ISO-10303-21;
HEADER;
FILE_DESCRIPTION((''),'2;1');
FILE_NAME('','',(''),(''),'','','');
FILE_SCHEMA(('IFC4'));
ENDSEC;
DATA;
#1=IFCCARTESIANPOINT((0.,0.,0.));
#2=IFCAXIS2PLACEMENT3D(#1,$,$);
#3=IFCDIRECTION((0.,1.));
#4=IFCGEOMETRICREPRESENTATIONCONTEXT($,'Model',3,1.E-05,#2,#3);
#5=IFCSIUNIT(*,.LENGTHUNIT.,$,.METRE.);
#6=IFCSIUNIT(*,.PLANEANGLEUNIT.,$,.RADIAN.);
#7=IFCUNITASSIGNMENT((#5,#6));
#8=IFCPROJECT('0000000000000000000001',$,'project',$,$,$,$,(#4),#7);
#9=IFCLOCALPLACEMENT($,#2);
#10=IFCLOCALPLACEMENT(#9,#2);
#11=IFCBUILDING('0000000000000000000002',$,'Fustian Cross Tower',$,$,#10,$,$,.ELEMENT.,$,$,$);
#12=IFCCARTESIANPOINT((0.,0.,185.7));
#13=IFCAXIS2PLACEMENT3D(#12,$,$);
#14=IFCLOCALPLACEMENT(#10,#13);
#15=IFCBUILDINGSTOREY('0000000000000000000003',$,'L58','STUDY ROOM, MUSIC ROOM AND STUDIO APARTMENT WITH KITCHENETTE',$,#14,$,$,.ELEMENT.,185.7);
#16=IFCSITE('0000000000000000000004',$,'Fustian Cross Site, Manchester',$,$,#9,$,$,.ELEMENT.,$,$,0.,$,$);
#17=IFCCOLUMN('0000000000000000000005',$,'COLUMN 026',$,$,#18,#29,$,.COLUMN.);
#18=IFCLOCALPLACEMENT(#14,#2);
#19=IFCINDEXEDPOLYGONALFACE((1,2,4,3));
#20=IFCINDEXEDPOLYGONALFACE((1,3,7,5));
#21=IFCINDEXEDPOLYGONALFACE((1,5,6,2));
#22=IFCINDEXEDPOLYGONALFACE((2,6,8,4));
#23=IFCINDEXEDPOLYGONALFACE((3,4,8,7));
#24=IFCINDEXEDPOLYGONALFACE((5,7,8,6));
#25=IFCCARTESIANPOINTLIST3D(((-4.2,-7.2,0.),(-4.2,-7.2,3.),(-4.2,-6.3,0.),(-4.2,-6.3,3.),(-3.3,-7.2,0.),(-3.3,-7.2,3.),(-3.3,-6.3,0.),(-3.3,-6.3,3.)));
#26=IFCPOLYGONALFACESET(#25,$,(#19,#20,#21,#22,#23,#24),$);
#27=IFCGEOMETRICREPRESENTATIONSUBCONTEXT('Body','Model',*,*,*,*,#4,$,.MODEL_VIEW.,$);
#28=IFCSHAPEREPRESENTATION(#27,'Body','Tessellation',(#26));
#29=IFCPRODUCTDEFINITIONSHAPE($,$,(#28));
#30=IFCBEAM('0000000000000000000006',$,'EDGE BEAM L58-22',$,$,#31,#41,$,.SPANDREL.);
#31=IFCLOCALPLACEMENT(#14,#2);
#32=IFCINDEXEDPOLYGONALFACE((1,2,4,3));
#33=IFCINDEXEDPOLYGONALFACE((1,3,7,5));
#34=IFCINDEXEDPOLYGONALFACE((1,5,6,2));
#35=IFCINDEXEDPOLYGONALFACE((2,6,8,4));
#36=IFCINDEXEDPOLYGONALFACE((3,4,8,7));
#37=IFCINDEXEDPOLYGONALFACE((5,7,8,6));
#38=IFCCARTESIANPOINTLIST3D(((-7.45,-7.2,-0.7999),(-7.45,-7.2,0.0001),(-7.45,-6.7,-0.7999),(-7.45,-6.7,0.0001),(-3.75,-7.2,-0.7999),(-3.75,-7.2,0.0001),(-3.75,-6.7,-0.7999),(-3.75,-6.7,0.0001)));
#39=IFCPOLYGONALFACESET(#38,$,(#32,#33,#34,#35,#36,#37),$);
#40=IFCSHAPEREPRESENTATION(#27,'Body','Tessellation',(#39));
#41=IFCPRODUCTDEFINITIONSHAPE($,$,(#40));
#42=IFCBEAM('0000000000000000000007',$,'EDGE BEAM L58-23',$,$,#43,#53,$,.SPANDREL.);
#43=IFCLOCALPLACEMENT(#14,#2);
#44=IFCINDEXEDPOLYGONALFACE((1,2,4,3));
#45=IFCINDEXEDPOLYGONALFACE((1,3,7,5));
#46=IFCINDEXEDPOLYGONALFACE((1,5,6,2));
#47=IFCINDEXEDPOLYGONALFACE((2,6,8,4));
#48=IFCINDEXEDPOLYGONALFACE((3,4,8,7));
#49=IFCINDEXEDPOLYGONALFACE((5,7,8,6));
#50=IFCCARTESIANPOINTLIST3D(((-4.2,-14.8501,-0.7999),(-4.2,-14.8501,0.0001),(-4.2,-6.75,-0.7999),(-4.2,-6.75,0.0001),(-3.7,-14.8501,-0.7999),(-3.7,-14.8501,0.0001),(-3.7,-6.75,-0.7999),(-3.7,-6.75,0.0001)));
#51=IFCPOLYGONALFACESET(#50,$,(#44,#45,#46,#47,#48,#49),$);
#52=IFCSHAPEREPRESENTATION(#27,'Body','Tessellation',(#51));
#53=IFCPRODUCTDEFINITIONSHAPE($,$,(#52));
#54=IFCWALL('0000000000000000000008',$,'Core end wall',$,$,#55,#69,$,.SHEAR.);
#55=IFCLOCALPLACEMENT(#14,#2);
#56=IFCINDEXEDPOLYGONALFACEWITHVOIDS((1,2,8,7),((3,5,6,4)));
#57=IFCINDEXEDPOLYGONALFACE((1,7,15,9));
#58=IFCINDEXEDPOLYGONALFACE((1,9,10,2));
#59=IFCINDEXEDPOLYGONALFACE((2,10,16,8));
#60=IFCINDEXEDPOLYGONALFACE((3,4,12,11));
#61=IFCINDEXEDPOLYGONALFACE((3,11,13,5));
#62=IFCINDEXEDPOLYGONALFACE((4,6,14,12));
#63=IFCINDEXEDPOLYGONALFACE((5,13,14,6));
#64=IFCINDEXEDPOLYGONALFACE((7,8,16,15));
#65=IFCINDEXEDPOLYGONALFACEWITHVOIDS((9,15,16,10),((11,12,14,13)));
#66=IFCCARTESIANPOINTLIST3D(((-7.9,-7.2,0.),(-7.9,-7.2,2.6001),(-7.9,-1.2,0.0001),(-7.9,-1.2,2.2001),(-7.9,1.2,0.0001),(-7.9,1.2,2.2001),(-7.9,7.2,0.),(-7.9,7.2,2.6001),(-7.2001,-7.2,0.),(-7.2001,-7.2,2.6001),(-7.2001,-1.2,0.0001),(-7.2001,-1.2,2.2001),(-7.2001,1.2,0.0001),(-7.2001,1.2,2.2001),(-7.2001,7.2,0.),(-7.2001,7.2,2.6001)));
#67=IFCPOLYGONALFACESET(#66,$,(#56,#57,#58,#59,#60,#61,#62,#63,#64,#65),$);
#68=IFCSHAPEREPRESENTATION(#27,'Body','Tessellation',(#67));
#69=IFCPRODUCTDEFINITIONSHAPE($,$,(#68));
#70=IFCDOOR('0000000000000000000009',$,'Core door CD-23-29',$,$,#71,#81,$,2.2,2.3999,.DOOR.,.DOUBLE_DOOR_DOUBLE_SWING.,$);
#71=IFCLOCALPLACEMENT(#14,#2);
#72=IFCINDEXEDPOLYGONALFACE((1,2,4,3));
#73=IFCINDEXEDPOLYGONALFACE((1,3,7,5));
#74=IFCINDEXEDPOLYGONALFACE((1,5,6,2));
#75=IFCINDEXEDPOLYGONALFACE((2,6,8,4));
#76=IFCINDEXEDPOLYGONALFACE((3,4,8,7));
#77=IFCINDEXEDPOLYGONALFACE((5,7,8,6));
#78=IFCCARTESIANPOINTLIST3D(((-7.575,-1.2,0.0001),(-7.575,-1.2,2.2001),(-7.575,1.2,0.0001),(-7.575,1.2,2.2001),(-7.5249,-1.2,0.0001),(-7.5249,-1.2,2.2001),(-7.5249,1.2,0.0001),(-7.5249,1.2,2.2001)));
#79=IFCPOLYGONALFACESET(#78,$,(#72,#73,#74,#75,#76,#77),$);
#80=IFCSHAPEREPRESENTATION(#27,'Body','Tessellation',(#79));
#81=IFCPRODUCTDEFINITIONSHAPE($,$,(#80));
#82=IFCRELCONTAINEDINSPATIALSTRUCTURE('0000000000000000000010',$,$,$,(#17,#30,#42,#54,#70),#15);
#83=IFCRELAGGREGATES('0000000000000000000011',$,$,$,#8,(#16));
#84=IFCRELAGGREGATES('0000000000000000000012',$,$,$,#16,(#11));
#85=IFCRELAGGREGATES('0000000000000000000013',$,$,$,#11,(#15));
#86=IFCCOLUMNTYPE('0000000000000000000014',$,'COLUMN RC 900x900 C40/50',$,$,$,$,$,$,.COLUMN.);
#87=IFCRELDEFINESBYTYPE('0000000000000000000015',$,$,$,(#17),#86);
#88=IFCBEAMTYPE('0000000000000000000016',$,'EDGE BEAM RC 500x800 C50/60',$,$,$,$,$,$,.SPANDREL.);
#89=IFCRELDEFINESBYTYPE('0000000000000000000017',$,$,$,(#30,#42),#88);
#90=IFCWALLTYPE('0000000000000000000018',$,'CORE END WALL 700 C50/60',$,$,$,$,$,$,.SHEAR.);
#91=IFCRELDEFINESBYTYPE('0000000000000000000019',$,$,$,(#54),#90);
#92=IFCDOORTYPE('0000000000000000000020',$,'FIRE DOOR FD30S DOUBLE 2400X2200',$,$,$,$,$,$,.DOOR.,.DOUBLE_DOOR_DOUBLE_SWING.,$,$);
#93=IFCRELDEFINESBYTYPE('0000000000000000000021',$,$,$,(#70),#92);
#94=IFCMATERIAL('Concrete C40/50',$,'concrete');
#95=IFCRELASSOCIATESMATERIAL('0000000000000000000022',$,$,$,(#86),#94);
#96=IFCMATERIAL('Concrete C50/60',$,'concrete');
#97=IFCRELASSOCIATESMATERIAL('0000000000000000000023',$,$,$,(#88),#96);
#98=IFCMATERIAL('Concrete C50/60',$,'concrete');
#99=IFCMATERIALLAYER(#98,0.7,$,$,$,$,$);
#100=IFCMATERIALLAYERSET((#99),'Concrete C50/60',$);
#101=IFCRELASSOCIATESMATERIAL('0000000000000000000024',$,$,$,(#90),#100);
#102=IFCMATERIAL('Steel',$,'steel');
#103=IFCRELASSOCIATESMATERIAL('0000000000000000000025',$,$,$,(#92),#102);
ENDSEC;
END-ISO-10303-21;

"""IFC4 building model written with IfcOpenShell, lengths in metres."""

from ifc_helpers import new_model, si_unit, direction, frame, frame_2d, origin, origin_2d, place, context, subcontext, project, spatial, rectangle, extrude, material, layer, layer_set, material_profile, profile_set, type_object, element, fill, save


model = new_model("IFC4")

# Units and contexts
model_context = context("Model", 3, precision=1e-05, world=origin(), true_north=direction((0.0, 1.0)))
body_context = subcontext(model_context, "Body", "Model", "MODEL_VIEW")
ifc_project = project(units=[si_unit("LENGTHUNIT", "METRE"), si_unit("PLANEANGLEUNIT", "RADIAN")], contexts=[model_context])

# Site, building, storey
site_placement = place(None, origin())
site = spatial("IfcSite", under=ifc_project, at=site_placement, Name="Fustian Cross Site, Manchester", CompositionType="ELEMENT", RefElevation=0.0)
building_placement = place(site_placement, origin())
building = spatial("IfcBuilding", under=site, at=building_placement, Name="Fustian Cross Tower", CompositionType="ELEMENT")
storey_placement = place(building_placement, frame((0.0, 0.0, 185.7)))
storey = spatial("IfcBuildingStorey", under=building, at=storey_placement, Name="L58", Description="STUDY ROOM, MUSIC ROOM AND STUDIO APARTMENT WITH KITCHENETTE", CompositionType="ELEMENT", Elevation=185.7)

# Column
ifc_material_1 = material(Name="Concrete C40/50", Category="concrete")
ifc_material_profile_1 = material_profile(ifc_material_1, rectangle(XDim=0.8999, YDim=0.8999, at=origin_2d()), Name="RC 900x900")
ifc_profile_set_1 = profile_set([ifc_material_profile_1], Name="Concrete C40/50")
column_type = type_object("IfcColumnType", Name="COLUMN RC 900x900 C40/50", PredefinedType="COLUMN", material=ifc_profile_set_1)
column_placement = place(storey_placement, frame((-3.75, -6.75, 0.0), z_axis=(0.0, 0.0, 1.0), x_axis=(1.0, 0.0, 0.0)))
element("IfcColumn", 1, at=column_placement, inside=storey, type_object=column_type, Name="COLUMN 026", PredefinedType="COLUMN", context=body_context, shape_type="SweptSolid", body=[
    extrude(rectangle(XDim=0.8999, YDim=0.8999, at=origin_2d()), origin(), (0.0, 0.0, 1.0), 3.0),
])

# Beams
ifc_material_2 = material(Name="Concrete C50/60", Category="concrete")
ifc_material_profile_2 = material_profile(ifc_material_2, rectangle(XDim=0.5, YDim=0.8, at=origin_2d()), Name="RC 500x800")
ifc_profile_set_2 = profile_set([ifc_material_profile_2], Name="Concrete C50/60")
beam_type = type_object("IfcBeamType", Name="EDGE BEAM RC 500x800 C50/60", PredefinedType="SPANDREL", material=ifc_profile_set_2)
beam_1_placement = place(storey_placement, frame((-7.45, -6.95, -0.3999), z_axis=(1.0, 0.0, 0.0), x_axis=(0.0, 1.0, 0.0)))
element("IfcBeam", 2, at=beam_1_placement, inside=storey, type_object=beam_type, Name="EDGE BEAM L58-22", PredefinedType="SPANDREL", context=body_context, shape_type="SweptSolid", body=[
    extrude(rectangle(XDim=0.5, YDim=0.8, at=origin_2d()), origin(), (0.0, 0.0, 1.0), 3.7),
])
beam_2_placement = place(storey_placement, frame((-3.95, -6.75, -0.3999), z_axis=(0.0, -1.0, 0.0), x_axis=(1.0, 0.0, 0.0)))
element("IfcBeam", 3, at=beam_2_placement, inside=storey, type_object=beam_type, Name="EDGE BEAM L58-23", PredefinedType="SPANDREL", context=body_context, shape_type="SweptSolid", body=[
    extrude(rectangle(XDim=0.5, YDim=0.8, at=origin_2d()), origin(), (0.0, 0.0, 1.0), 8.1001),
])

# Wall, opening, door
ifc_material_3 = material(Name="Concrete C50/60", Category="concrete")
ifc_layer_1 = layer(ifc_material_3, 0.7)
ifc_layer_set_1 = layer_set([ifc_layer_1], Name="Concrete C50/60")
wall_type_1 = type_object("IfcWallType", Name="CORE END WALL 700 C50/60", PredefinedType="SHEAR", material=ifc_layer_set_1)
wall_1_placement = place(storey_placement, frame((-7.55, -7.2, 0.0), z_axis=(0.0, 0.0, 1.0), x_axis=(0.0, 1.0, 0.0)))
wall_1 = element("IfcWall", 4, at=wall_1_placement, inside=storey, type_object=wall_type_1, Name="Core end wall", PredefinedType="SHEAR", context=body_context, shape_type="SweptSolid", body=[
    extrude(rectangle(XDim=14.3999, YDim=0.7, at=frame_2d((7.2, 0.0))), origin(), (0.0, 0.0, 1.0), 2.6001),
])
opening_1_placement = place(wall_1_placement, frame((6.0, 0.0, 0.0)))
opening_1 = element("IfcOpeningElement", 5, at=opening_1_placement, cuts=wall_1, PredefinedType="OPENING", context=body_context, shape_type="SweptSolid", body=[
    extrude(rectangle(XDim=2.3999, YDim=2.2, at=frame_2d((1.2, 1.1001))), frame((0.0, 0.3599, 0.0), z_axis=(0.0, -1.0, 0.0), x_axis=(1.0, 0.0, 0.0)), (0.0, 0.0, 1.0), 0.72),
])
ifc_material_4 = material(Name="Steel", Category="steel")
door_type_1 = type_object("IfcDoorType", Name="FIRE DOOR FD30S DOUBLE 2400X2200", OperationType="DOUBLE_DOOR_DOUBLE_SWING", PredefinedType="DOOR", material=ifc_material_4)
door_1_placement = place(opening_1_placement, origin())
door_1 = element("IfcDoor", 6, at=door_1_placement, inside=storey, type_object=door_type_1, Name="Core door CD-23-29", OperationType="DOUBLE_DOOR_DOUBLE_SWING", OverallHeight=2.2, OverallWidth=2.3999, PredefinedType="DOOR", context=body_context, shape_type="SweptSolid", body=[
    extrude(rectangle(XDim=2.3999, YDim=2.2, at=frame_2d((1.2, 1.1001))), frame((0.0, 0.0249, 0.0), z_axis=(0.0, -1.0, 0.0), x_axis=(1.0, 0.0, 0.0)), (0.0, 0.0, 1.0), 0.05),
])
fill(opening_1, door_1)

save(model, "model.ifc")
